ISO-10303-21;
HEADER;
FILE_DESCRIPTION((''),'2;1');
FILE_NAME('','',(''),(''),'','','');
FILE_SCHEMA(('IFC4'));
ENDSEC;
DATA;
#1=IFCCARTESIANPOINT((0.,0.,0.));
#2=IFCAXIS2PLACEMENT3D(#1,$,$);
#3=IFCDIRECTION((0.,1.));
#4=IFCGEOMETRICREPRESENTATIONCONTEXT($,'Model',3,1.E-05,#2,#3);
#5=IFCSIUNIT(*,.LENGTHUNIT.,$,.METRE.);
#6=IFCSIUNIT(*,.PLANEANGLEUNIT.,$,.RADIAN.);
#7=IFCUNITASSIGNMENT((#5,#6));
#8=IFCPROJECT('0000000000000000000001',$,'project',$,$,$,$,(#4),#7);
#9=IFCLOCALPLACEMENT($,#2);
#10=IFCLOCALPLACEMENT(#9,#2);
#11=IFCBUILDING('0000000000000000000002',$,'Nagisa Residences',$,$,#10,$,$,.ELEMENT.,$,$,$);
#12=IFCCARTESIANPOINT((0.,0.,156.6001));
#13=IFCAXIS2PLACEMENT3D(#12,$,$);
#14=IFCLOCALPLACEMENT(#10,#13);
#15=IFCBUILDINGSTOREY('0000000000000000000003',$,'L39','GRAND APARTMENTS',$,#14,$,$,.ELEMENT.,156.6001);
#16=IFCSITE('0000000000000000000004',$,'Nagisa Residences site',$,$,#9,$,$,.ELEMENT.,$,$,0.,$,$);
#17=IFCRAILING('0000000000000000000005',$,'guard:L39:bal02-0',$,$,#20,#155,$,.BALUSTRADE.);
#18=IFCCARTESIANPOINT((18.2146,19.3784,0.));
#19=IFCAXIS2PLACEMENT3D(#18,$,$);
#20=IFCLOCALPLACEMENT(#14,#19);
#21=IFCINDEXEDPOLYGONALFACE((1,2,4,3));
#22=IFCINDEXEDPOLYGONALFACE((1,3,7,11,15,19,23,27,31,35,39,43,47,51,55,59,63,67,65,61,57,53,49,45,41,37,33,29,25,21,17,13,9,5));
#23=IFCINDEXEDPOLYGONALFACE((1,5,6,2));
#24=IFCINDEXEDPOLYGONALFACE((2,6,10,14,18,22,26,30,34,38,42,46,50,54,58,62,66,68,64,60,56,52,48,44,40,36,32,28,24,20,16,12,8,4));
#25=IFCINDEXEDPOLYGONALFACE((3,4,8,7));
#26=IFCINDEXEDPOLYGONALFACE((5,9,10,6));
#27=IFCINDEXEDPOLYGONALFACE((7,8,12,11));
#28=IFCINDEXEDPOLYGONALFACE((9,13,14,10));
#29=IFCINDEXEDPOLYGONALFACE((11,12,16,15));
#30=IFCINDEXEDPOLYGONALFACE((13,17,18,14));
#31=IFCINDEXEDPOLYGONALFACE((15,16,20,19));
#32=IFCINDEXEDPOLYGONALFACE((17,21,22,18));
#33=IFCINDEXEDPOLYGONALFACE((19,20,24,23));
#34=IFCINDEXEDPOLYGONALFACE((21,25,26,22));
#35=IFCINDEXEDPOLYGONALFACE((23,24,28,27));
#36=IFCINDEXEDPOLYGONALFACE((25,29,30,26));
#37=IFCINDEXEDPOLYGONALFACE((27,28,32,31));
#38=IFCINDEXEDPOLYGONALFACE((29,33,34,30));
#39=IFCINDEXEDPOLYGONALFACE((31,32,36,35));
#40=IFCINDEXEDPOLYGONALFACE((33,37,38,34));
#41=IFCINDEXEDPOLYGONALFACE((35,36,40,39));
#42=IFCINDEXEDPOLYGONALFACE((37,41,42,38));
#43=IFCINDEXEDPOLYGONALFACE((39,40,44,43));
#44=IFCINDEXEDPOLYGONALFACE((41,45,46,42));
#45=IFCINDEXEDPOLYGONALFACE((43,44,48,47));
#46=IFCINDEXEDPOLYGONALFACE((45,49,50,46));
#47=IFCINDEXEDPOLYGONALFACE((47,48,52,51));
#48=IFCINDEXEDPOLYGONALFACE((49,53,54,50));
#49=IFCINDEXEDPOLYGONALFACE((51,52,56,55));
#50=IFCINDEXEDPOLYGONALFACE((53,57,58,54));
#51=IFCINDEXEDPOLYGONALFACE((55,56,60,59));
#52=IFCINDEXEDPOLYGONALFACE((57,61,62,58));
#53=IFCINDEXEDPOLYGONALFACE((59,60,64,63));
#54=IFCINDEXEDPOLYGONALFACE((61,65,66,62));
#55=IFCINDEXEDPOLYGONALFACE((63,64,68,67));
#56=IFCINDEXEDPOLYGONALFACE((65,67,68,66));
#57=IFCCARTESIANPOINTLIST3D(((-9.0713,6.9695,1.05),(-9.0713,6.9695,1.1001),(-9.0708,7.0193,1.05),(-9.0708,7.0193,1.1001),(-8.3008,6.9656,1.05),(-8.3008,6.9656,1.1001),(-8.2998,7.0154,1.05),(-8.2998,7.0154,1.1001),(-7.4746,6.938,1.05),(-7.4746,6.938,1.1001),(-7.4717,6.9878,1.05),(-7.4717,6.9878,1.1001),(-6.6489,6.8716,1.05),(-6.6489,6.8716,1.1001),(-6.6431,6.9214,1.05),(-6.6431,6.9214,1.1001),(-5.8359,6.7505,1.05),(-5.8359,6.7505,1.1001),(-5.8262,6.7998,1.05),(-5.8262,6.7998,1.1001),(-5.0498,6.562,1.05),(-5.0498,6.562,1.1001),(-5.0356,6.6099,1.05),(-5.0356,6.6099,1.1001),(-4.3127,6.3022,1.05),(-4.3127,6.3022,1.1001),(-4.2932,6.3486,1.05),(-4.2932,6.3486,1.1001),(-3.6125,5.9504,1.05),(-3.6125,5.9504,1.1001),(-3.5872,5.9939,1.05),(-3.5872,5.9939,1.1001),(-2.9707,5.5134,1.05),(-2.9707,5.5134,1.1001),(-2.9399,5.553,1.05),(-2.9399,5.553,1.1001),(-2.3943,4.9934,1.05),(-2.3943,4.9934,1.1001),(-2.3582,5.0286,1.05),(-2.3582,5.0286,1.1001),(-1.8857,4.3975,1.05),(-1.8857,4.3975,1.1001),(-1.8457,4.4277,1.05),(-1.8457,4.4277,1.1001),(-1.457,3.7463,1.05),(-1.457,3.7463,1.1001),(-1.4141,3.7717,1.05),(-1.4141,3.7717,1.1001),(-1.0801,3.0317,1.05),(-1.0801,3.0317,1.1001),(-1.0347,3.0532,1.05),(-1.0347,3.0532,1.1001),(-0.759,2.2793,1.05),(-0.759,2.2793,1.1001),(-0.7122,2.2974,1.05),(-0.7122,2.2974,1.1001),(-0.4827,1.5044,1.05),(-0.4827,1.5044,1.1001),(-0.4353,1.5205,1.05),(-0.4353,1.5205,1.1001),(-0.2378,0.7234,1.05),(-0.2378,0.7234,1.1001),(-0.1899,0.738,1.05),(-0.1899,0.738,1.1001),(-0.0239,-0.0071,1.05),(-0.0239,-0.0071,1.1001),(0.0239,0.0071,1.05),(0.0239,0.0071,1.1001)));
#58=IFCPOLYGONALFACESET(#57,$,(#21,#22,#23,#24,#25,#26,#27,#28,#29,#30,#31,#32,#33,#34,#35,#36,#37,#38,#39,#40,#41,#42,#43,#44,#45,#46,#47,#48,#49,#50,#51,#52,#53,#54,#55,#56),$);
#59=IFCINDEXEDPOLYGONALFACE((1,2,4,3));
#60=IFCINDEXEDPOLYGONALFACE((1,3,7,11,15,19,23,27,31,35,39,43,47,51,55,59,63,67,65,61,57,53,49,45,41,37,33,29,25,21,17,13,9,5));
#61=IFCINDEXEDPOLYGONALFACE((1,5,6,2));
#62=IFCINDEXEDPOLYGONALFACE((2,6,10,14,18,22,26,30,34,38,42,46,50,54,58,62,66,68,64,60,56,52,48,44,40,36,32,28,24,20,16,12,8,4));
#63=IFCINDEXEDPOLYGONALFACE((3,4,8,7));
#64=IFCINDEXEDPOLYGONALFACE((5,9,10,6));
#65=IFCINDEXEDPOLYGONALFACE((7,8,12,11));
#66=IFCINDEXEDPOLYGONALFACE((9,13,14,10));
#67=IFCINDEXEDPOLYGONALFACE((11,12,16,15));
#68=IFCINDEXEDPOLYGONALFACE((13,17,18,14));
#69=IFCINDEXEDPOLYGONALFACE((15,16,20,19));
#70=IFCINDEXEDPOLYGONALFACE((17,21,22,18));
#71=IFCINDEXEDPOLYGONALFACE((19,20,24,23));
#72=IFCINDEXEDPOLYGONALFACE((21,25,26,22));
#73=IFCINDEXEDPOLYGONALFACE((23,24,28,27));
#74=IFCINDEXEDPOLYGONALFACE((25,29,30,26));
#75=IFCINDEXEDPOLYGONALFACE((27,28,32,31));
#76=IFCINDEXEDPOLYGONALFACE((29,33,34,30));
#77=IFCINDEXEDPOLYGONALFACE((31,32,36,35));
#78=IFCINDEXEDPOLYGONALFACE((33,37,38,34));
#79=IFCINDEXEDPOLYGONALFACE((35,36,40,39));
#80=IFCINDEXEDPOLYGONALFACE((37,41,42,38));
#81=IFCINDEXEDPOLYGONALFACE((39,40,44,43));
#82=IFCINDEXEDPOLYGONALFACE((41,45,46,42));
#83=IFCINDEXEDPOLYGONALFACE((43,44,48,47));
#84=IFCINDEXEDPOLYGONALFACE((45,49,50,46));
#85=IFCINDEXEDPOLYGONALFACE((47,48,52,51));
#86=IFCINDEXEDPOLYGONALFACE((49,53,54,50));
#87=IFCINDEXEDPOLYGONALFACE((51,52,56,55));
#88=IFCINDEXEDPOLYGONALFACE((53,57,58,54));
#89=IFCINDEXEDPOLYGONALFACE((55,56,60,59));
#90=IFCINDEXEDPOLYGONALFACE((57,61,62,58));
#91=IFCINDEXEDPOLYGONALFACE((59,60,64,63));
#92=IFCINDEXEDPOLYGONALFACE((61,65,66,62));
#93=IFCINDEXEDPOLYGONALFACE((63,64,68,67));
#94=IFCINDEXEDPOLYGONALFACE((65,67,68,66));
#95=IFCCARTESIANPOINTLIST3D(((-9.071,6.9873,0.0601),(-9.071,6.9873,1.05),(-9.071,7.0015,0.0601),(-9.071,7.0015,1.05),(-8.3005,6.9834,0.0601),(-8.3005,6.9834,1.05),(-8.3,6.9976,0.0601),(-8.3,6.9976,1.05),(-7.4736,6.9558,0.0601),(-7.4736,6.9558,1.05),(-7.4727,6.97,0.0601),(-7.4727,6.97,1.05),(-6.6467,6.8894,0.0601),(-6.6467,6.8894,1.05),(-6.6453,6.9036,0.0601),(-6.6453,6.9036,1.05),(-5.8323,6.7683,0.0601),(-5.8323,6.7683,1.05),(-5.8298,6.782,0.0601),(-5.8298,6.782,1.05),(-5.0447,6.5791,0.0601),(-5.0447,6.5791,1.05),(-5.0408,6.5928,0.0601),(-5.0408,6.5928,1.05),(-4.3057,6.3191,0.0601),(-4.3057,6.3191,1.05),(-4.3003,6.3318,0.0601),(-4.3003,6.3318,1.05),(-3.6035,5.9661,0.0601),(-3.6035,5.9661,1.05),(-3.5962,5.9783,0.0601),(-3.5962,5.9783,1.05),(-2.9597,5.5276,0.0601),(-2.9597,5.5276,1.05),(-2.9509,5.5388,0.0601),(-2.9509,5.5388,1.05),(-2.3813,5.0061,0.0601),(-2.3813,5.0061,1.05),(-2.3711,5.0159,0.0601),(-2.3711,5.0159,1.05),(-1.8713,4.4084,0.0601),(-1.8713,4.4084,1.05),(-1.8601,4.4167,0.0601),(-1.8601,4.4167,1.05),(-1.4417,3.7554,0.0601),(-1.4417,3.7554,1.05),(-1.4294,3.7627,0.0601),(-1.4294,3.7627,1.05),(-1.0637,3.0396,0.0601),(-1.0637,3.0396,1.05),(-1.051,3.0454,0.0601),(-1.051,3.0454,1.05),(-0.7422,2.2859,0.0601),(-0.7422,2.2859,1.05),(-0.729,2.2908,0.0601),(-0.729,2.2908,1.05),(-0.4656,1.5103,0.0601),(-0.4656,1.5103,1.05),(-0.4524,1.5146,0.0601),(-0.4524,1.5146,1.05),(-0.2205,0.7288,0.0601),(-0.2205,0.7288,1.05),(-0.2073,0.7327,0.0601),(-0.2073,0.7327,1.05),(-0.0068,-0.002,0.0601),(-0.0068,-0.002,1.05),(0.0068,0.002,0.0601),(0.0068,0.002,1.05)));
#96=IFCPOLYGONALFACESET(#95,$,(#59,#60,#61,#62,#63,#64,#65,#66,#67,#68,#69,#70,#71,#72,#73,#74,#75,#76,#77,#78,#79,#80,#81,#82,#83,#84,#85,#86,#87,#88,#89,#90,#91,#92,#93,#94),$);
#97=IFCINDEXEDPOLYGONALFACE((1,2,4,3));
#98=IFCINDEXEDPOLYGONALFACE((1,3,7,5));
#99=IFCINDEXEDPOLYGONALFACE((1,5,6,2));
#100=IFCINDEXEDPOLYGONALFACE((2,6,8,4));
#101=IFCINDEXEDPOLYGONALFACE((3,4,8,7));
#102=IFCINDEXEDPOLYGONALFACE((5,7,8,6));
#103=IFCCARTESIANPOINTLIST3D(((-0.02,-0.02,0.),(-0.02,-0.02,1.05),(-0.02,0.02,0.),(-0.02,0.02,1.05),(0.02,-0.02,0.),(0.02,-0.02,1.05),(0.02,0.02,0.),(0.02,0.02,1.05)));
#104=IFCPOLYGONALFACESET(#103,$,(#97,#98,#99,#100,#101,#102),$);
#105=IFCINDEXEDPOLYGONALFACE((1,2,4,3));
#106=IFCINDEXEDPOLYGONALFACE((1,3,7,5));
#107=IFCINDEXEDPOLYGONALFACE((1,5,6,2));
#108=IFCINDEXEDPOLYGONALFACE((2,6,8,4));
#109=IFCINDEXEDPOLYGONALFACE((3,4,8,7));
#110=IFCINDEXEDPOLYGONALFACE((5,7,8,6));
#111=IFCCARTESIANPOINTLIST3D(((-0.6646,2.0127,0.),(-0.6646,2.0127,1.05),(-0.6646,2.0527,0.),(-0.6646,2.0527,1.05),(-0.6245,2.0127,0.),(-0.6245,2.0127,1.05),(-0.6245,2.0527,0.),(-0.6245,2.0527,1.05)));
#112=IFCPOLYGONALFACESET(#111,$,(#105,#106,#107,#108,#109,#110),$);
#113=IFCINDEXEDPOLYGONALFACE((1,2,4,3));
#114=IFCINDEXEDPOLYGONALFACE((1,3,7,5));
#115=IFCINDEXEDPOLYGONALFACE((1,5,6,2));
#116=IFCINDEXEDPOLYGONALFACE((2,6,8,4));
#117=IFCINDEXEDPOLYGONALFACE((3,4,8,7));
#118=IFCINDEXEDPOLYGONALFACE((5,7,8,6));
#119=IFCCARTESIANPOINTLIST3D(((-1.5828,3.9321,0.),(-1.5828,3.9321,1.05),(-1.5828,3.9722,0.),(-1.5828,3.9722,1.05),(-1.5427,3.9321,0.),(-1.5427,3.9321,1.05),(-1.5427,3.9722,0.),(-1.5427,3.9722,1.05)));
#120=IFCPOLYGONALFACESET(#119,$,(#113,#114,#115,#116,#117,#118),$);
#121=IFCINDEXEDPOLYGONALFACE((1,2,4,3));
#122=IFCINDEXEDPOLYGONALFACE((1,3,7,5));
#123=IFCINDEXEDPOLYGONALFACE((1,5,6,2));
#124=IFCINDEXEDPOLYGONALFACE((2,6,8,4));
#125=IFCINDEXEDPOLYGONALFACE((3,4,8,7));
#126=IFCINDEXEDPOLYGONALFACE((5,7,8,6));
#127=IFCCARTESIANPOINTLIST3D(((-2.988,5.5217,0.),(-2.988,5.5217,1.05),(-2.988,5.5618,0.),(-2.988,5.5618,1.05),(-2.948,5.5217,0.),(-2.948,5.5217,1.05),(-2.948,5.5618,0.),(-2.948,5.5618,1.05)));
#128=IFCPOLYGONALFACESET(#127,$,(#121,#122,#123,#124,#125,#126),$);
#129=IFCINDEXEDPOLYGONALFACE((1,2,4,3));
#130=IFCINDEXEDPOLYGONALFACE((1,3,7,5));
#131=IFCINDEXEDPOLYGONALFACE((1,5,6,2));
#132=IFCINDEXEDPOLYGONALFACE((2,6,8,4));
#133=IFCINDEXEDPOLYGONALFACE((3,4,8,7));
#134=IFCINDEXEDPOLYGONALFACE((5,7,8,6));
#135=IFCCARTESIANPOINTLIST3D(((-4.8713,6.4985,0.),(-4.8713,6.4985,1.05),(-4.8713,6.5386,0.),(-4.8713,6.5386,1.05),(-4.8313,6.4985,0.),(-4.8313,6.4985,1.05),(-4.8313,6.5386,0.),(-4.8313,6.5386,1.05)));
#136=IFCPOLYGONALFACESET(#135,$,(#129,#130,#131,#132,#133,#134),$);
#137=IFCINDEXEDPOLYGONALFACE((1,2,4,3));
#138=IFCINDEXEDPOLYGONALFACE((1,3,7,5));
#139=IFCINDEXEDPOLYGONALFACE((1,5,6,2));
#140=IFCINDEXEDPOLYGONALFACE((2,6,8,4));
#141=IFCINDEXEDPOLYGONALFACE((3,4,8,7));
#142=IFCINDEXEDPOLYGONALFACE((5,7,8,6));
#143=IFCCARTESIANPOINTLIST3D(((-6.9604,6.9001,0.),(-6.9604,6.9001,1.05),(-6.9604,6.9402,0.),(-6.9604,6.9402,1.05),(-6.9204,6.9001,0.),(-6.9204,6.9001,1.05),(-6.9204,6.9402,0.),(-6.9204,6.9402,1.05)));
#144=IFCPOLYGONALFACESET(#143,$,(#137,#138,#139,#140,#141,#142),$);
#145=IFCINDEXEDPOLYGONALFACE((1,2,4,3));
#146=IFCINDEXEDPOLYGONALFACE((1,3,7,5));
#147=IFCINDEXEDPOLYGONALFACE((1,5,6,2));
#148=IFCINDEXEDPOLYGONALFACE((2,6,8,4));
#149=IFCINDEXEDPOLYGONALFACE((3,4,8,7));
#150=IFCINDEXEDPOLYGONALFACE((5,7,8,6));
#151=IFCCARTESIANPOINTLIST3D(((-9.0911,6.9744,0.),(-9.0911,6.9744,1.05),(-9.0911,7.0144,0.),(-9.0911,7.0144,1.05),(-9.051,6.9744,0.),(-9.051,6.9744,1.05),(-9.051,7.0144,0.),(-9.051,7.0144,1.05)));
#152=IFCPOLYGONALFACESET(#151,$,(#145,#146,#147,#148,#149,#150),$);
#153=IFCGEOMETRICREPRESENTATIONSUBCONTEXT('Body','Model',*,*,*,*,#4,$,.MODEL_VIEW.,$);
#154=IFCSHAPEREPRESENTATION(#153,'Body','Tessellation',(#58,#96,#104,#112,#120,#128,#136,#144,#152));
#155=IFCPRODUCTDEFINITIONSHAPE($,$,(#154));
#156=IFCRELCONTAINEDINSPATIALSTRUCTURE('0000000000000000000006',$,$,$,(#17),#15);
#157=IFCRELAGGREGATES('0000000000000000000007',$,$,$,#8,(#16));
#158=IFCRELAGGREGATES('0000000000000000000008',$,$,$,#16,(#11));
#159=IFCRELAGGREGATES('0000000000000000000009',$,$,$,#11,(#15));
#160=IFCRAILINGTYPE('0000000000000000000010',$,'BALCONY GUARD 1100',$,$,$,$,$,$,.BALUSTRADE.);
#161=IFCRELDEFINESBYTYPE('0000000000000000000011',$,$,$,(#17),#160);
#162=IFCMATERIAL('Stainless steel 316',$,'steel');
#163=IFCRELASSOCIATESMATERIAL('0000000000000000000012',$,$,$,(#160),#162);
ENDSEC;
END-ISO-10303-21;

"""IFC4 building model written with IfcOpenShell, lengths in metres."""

from ifc_helpers import new_model, si_unit, direction, frame, origin, origin_2d, place, context, subcontext, project, spatial, polyline, rectangle, outline, extrude, material, type_object, element, save


model = new_model("IFC4")

# Units and contexts
model_context = context("Model", 3, precision=1e-05, world=origin(), true_north=direction((0.0, 1.0)))
body_context = subcontext(model_context, "Body", "Model", "MODEL_VIEW")
ifc_project = project(units=[si_unit("LENGTHUNIT", "METRE"), si_unit("PLANEANGLEUNIT", "RADIAN")], contexts=[model_context])

# Site, building, storey
site_placement = place(None, origin())
site = spatial("IfcSite", under=ifc_project, at=site_placement, Name="Nagisa Residences site", CompositionType="ELEMENT", RefElevation=0.0)
building_placement = place(site_placement, origin())
building = spatial("IfcBuilding", under=site, at=building_placement, Name="Nagisa Residences", CompositionType="ELEMENT")
storey_placement = place(building_placement, frame((0.0, 0.0, 156.6001)))
storey = spatial("IfcBuildingStorey", under=building, at=storey_placement, Name="L39", Description="GRAND APARTMENTS", CompositionType="ELEMENT", Elevation=156.6001)

# Railing
ifc_material_1 = material(Name="Stainless steel 316", Category="steel")
railing_type = type_object("IfcRailingType", Name="BALCONY GUARD 1100", PredefinedType="BALUSTRADE", material=ifc_material_1)
railing_1_placement = place(storey_placement, frame((18.2146, 19.3784, 0.0)))
element("IfcRailing", 1, at=railing_1_placement, inside=storey, type_object=railing_type, Name="guard:L39:bal02-0", PredefinedType="BALUSTRADE", context=body_context, shape_type="SweptSolid", body=[
    extrude(outline(polyline([(-0.2378, 0.7234), (-0.0239, -0.0071), (0.0239, 0.0071), (-0.1899, 0.738), (-0.4353, 1.5205), (-0.7122, 2.2974), (-1.0347, 3.0532), (-1.4141, 3.7717), (-1.8457, 4.4277), (-2.3582, 5.0286), (-2.9399, 5.553), (-3.5872, 5.9939), (-4.2932, 6.3486), (-5.0356, 6.6099), (-5.8262, 6.7998), (-6.6431, 6.9214), (-7.4717, 6.9878), (-8.2998, 7.0154), (-9.0708, 7.0193), (-9.0713, 6.9695), (-8.3008, 6.9656), (-7.4746, 6.938), (-6.6489, 6.8716), (-5.8359, 6.7505), (-5.0498, 6.562), (-4.3127, 6.3022), (-3.6125, 5.9504), (-2.9707, 5.5134), (-2.3943, 4.9934), (-1.8857, 4.3975), (-1.457, 3.7463), (-1.0801, 3.0317), (-0.759, 2.2793), (-0.4827, 1.5044), (-0.2378, 0.7234)])), frame((0.0, 0.0, 1.05)), (0.0, 0.0, 1.0), 0.05),
    extrude(outline(polyline([(-0.2205, 0.7288), (-0.0068, -0.002), (0.0068, 0.002), (-0.2073, 0.7327), (-0.4524, 1.5146), (-0.729, 2.2908), (-1.051, 3.0454), (-1.4294, 3.7627), (-1.8601, 4.4167), (-2.3711, 5.0159), (-2.9509, 5.5388), (-3.5962, 5.9783), (-4.3003, 6.3318), (-5.0408, 6.5928), (-5.8298, 6.782), (-6.6453, 6.9036), (-7.4727, 6.97), (-8.3, 6.9976), (-9.071, 7.0015), (-9.071, 6.9873), (-8.3005, 6.9834), (-7.4736, 6.9558), (-6.6467, 6.8894), (-5.8323, 6.7683), (-5.0447, 6.5791), (-4.3057, 6.3191), (-3.6035, 5.9661), (-2.9597, 5.5276), (-2.3813, 5.0061), (-1.8713, 4.4084), (-1.4417, 3.7554), (-1.0637, 3.0396), (-0.7422, 2.2859), (-0.4656, 1.5103), (-0.2205, 0.7288)])), frame((0.0, 0.0, 0.0601)), (0.0, 0.0, 1.0), 0.99),
    extrude(rectangle(XDim=0.04, YDim=0.04, at=origin_2d()), origin(), (0.0, 0.0, 1.0), 1.05),
    extrude(rectangle(XDim=0.04, YDim=0.04, at=origin_2d()), frame((-0.6445, 2.0327, 0.0)), (0.0, 0.0, 1.0), 1.05),
    extrude(rectangle(XDim=0.04, YDim=0.04, at=origin_2d()), frame((-1.5627, 3.9521, 0.0)), (0.0, 0.0, 1.0), 1.05),
    extrude(rectangle(XDim=0.04, YDim=0.04, at=origin_2d()), frame((-2.968, 5.5417, 0.0)), (0.0, 0.0, 1.0), 1.05),
    extrude(rectangle(XDim=0.04, YDim=0.04, at=origin_2d()), frame((-4.8513, 6.5186, 0.0)), (0.0, 0.0, 1.0), 1.05),
    extrude(rectangle(XDim=0.04, YDim=0.04, at=origin_2d()), frame((-6.9404, 6.9202, 0.0)), (0.0, 0.0, 1.0), 1.05),
    extrude(rectangle(XDim=0.04, YDim=0.04, at=origin_2d()), frame((-9.071, 6.9944, 0.0)), (0.0, 0.0, 1.0), 1.05),
])

save(model, "model.ifc")
